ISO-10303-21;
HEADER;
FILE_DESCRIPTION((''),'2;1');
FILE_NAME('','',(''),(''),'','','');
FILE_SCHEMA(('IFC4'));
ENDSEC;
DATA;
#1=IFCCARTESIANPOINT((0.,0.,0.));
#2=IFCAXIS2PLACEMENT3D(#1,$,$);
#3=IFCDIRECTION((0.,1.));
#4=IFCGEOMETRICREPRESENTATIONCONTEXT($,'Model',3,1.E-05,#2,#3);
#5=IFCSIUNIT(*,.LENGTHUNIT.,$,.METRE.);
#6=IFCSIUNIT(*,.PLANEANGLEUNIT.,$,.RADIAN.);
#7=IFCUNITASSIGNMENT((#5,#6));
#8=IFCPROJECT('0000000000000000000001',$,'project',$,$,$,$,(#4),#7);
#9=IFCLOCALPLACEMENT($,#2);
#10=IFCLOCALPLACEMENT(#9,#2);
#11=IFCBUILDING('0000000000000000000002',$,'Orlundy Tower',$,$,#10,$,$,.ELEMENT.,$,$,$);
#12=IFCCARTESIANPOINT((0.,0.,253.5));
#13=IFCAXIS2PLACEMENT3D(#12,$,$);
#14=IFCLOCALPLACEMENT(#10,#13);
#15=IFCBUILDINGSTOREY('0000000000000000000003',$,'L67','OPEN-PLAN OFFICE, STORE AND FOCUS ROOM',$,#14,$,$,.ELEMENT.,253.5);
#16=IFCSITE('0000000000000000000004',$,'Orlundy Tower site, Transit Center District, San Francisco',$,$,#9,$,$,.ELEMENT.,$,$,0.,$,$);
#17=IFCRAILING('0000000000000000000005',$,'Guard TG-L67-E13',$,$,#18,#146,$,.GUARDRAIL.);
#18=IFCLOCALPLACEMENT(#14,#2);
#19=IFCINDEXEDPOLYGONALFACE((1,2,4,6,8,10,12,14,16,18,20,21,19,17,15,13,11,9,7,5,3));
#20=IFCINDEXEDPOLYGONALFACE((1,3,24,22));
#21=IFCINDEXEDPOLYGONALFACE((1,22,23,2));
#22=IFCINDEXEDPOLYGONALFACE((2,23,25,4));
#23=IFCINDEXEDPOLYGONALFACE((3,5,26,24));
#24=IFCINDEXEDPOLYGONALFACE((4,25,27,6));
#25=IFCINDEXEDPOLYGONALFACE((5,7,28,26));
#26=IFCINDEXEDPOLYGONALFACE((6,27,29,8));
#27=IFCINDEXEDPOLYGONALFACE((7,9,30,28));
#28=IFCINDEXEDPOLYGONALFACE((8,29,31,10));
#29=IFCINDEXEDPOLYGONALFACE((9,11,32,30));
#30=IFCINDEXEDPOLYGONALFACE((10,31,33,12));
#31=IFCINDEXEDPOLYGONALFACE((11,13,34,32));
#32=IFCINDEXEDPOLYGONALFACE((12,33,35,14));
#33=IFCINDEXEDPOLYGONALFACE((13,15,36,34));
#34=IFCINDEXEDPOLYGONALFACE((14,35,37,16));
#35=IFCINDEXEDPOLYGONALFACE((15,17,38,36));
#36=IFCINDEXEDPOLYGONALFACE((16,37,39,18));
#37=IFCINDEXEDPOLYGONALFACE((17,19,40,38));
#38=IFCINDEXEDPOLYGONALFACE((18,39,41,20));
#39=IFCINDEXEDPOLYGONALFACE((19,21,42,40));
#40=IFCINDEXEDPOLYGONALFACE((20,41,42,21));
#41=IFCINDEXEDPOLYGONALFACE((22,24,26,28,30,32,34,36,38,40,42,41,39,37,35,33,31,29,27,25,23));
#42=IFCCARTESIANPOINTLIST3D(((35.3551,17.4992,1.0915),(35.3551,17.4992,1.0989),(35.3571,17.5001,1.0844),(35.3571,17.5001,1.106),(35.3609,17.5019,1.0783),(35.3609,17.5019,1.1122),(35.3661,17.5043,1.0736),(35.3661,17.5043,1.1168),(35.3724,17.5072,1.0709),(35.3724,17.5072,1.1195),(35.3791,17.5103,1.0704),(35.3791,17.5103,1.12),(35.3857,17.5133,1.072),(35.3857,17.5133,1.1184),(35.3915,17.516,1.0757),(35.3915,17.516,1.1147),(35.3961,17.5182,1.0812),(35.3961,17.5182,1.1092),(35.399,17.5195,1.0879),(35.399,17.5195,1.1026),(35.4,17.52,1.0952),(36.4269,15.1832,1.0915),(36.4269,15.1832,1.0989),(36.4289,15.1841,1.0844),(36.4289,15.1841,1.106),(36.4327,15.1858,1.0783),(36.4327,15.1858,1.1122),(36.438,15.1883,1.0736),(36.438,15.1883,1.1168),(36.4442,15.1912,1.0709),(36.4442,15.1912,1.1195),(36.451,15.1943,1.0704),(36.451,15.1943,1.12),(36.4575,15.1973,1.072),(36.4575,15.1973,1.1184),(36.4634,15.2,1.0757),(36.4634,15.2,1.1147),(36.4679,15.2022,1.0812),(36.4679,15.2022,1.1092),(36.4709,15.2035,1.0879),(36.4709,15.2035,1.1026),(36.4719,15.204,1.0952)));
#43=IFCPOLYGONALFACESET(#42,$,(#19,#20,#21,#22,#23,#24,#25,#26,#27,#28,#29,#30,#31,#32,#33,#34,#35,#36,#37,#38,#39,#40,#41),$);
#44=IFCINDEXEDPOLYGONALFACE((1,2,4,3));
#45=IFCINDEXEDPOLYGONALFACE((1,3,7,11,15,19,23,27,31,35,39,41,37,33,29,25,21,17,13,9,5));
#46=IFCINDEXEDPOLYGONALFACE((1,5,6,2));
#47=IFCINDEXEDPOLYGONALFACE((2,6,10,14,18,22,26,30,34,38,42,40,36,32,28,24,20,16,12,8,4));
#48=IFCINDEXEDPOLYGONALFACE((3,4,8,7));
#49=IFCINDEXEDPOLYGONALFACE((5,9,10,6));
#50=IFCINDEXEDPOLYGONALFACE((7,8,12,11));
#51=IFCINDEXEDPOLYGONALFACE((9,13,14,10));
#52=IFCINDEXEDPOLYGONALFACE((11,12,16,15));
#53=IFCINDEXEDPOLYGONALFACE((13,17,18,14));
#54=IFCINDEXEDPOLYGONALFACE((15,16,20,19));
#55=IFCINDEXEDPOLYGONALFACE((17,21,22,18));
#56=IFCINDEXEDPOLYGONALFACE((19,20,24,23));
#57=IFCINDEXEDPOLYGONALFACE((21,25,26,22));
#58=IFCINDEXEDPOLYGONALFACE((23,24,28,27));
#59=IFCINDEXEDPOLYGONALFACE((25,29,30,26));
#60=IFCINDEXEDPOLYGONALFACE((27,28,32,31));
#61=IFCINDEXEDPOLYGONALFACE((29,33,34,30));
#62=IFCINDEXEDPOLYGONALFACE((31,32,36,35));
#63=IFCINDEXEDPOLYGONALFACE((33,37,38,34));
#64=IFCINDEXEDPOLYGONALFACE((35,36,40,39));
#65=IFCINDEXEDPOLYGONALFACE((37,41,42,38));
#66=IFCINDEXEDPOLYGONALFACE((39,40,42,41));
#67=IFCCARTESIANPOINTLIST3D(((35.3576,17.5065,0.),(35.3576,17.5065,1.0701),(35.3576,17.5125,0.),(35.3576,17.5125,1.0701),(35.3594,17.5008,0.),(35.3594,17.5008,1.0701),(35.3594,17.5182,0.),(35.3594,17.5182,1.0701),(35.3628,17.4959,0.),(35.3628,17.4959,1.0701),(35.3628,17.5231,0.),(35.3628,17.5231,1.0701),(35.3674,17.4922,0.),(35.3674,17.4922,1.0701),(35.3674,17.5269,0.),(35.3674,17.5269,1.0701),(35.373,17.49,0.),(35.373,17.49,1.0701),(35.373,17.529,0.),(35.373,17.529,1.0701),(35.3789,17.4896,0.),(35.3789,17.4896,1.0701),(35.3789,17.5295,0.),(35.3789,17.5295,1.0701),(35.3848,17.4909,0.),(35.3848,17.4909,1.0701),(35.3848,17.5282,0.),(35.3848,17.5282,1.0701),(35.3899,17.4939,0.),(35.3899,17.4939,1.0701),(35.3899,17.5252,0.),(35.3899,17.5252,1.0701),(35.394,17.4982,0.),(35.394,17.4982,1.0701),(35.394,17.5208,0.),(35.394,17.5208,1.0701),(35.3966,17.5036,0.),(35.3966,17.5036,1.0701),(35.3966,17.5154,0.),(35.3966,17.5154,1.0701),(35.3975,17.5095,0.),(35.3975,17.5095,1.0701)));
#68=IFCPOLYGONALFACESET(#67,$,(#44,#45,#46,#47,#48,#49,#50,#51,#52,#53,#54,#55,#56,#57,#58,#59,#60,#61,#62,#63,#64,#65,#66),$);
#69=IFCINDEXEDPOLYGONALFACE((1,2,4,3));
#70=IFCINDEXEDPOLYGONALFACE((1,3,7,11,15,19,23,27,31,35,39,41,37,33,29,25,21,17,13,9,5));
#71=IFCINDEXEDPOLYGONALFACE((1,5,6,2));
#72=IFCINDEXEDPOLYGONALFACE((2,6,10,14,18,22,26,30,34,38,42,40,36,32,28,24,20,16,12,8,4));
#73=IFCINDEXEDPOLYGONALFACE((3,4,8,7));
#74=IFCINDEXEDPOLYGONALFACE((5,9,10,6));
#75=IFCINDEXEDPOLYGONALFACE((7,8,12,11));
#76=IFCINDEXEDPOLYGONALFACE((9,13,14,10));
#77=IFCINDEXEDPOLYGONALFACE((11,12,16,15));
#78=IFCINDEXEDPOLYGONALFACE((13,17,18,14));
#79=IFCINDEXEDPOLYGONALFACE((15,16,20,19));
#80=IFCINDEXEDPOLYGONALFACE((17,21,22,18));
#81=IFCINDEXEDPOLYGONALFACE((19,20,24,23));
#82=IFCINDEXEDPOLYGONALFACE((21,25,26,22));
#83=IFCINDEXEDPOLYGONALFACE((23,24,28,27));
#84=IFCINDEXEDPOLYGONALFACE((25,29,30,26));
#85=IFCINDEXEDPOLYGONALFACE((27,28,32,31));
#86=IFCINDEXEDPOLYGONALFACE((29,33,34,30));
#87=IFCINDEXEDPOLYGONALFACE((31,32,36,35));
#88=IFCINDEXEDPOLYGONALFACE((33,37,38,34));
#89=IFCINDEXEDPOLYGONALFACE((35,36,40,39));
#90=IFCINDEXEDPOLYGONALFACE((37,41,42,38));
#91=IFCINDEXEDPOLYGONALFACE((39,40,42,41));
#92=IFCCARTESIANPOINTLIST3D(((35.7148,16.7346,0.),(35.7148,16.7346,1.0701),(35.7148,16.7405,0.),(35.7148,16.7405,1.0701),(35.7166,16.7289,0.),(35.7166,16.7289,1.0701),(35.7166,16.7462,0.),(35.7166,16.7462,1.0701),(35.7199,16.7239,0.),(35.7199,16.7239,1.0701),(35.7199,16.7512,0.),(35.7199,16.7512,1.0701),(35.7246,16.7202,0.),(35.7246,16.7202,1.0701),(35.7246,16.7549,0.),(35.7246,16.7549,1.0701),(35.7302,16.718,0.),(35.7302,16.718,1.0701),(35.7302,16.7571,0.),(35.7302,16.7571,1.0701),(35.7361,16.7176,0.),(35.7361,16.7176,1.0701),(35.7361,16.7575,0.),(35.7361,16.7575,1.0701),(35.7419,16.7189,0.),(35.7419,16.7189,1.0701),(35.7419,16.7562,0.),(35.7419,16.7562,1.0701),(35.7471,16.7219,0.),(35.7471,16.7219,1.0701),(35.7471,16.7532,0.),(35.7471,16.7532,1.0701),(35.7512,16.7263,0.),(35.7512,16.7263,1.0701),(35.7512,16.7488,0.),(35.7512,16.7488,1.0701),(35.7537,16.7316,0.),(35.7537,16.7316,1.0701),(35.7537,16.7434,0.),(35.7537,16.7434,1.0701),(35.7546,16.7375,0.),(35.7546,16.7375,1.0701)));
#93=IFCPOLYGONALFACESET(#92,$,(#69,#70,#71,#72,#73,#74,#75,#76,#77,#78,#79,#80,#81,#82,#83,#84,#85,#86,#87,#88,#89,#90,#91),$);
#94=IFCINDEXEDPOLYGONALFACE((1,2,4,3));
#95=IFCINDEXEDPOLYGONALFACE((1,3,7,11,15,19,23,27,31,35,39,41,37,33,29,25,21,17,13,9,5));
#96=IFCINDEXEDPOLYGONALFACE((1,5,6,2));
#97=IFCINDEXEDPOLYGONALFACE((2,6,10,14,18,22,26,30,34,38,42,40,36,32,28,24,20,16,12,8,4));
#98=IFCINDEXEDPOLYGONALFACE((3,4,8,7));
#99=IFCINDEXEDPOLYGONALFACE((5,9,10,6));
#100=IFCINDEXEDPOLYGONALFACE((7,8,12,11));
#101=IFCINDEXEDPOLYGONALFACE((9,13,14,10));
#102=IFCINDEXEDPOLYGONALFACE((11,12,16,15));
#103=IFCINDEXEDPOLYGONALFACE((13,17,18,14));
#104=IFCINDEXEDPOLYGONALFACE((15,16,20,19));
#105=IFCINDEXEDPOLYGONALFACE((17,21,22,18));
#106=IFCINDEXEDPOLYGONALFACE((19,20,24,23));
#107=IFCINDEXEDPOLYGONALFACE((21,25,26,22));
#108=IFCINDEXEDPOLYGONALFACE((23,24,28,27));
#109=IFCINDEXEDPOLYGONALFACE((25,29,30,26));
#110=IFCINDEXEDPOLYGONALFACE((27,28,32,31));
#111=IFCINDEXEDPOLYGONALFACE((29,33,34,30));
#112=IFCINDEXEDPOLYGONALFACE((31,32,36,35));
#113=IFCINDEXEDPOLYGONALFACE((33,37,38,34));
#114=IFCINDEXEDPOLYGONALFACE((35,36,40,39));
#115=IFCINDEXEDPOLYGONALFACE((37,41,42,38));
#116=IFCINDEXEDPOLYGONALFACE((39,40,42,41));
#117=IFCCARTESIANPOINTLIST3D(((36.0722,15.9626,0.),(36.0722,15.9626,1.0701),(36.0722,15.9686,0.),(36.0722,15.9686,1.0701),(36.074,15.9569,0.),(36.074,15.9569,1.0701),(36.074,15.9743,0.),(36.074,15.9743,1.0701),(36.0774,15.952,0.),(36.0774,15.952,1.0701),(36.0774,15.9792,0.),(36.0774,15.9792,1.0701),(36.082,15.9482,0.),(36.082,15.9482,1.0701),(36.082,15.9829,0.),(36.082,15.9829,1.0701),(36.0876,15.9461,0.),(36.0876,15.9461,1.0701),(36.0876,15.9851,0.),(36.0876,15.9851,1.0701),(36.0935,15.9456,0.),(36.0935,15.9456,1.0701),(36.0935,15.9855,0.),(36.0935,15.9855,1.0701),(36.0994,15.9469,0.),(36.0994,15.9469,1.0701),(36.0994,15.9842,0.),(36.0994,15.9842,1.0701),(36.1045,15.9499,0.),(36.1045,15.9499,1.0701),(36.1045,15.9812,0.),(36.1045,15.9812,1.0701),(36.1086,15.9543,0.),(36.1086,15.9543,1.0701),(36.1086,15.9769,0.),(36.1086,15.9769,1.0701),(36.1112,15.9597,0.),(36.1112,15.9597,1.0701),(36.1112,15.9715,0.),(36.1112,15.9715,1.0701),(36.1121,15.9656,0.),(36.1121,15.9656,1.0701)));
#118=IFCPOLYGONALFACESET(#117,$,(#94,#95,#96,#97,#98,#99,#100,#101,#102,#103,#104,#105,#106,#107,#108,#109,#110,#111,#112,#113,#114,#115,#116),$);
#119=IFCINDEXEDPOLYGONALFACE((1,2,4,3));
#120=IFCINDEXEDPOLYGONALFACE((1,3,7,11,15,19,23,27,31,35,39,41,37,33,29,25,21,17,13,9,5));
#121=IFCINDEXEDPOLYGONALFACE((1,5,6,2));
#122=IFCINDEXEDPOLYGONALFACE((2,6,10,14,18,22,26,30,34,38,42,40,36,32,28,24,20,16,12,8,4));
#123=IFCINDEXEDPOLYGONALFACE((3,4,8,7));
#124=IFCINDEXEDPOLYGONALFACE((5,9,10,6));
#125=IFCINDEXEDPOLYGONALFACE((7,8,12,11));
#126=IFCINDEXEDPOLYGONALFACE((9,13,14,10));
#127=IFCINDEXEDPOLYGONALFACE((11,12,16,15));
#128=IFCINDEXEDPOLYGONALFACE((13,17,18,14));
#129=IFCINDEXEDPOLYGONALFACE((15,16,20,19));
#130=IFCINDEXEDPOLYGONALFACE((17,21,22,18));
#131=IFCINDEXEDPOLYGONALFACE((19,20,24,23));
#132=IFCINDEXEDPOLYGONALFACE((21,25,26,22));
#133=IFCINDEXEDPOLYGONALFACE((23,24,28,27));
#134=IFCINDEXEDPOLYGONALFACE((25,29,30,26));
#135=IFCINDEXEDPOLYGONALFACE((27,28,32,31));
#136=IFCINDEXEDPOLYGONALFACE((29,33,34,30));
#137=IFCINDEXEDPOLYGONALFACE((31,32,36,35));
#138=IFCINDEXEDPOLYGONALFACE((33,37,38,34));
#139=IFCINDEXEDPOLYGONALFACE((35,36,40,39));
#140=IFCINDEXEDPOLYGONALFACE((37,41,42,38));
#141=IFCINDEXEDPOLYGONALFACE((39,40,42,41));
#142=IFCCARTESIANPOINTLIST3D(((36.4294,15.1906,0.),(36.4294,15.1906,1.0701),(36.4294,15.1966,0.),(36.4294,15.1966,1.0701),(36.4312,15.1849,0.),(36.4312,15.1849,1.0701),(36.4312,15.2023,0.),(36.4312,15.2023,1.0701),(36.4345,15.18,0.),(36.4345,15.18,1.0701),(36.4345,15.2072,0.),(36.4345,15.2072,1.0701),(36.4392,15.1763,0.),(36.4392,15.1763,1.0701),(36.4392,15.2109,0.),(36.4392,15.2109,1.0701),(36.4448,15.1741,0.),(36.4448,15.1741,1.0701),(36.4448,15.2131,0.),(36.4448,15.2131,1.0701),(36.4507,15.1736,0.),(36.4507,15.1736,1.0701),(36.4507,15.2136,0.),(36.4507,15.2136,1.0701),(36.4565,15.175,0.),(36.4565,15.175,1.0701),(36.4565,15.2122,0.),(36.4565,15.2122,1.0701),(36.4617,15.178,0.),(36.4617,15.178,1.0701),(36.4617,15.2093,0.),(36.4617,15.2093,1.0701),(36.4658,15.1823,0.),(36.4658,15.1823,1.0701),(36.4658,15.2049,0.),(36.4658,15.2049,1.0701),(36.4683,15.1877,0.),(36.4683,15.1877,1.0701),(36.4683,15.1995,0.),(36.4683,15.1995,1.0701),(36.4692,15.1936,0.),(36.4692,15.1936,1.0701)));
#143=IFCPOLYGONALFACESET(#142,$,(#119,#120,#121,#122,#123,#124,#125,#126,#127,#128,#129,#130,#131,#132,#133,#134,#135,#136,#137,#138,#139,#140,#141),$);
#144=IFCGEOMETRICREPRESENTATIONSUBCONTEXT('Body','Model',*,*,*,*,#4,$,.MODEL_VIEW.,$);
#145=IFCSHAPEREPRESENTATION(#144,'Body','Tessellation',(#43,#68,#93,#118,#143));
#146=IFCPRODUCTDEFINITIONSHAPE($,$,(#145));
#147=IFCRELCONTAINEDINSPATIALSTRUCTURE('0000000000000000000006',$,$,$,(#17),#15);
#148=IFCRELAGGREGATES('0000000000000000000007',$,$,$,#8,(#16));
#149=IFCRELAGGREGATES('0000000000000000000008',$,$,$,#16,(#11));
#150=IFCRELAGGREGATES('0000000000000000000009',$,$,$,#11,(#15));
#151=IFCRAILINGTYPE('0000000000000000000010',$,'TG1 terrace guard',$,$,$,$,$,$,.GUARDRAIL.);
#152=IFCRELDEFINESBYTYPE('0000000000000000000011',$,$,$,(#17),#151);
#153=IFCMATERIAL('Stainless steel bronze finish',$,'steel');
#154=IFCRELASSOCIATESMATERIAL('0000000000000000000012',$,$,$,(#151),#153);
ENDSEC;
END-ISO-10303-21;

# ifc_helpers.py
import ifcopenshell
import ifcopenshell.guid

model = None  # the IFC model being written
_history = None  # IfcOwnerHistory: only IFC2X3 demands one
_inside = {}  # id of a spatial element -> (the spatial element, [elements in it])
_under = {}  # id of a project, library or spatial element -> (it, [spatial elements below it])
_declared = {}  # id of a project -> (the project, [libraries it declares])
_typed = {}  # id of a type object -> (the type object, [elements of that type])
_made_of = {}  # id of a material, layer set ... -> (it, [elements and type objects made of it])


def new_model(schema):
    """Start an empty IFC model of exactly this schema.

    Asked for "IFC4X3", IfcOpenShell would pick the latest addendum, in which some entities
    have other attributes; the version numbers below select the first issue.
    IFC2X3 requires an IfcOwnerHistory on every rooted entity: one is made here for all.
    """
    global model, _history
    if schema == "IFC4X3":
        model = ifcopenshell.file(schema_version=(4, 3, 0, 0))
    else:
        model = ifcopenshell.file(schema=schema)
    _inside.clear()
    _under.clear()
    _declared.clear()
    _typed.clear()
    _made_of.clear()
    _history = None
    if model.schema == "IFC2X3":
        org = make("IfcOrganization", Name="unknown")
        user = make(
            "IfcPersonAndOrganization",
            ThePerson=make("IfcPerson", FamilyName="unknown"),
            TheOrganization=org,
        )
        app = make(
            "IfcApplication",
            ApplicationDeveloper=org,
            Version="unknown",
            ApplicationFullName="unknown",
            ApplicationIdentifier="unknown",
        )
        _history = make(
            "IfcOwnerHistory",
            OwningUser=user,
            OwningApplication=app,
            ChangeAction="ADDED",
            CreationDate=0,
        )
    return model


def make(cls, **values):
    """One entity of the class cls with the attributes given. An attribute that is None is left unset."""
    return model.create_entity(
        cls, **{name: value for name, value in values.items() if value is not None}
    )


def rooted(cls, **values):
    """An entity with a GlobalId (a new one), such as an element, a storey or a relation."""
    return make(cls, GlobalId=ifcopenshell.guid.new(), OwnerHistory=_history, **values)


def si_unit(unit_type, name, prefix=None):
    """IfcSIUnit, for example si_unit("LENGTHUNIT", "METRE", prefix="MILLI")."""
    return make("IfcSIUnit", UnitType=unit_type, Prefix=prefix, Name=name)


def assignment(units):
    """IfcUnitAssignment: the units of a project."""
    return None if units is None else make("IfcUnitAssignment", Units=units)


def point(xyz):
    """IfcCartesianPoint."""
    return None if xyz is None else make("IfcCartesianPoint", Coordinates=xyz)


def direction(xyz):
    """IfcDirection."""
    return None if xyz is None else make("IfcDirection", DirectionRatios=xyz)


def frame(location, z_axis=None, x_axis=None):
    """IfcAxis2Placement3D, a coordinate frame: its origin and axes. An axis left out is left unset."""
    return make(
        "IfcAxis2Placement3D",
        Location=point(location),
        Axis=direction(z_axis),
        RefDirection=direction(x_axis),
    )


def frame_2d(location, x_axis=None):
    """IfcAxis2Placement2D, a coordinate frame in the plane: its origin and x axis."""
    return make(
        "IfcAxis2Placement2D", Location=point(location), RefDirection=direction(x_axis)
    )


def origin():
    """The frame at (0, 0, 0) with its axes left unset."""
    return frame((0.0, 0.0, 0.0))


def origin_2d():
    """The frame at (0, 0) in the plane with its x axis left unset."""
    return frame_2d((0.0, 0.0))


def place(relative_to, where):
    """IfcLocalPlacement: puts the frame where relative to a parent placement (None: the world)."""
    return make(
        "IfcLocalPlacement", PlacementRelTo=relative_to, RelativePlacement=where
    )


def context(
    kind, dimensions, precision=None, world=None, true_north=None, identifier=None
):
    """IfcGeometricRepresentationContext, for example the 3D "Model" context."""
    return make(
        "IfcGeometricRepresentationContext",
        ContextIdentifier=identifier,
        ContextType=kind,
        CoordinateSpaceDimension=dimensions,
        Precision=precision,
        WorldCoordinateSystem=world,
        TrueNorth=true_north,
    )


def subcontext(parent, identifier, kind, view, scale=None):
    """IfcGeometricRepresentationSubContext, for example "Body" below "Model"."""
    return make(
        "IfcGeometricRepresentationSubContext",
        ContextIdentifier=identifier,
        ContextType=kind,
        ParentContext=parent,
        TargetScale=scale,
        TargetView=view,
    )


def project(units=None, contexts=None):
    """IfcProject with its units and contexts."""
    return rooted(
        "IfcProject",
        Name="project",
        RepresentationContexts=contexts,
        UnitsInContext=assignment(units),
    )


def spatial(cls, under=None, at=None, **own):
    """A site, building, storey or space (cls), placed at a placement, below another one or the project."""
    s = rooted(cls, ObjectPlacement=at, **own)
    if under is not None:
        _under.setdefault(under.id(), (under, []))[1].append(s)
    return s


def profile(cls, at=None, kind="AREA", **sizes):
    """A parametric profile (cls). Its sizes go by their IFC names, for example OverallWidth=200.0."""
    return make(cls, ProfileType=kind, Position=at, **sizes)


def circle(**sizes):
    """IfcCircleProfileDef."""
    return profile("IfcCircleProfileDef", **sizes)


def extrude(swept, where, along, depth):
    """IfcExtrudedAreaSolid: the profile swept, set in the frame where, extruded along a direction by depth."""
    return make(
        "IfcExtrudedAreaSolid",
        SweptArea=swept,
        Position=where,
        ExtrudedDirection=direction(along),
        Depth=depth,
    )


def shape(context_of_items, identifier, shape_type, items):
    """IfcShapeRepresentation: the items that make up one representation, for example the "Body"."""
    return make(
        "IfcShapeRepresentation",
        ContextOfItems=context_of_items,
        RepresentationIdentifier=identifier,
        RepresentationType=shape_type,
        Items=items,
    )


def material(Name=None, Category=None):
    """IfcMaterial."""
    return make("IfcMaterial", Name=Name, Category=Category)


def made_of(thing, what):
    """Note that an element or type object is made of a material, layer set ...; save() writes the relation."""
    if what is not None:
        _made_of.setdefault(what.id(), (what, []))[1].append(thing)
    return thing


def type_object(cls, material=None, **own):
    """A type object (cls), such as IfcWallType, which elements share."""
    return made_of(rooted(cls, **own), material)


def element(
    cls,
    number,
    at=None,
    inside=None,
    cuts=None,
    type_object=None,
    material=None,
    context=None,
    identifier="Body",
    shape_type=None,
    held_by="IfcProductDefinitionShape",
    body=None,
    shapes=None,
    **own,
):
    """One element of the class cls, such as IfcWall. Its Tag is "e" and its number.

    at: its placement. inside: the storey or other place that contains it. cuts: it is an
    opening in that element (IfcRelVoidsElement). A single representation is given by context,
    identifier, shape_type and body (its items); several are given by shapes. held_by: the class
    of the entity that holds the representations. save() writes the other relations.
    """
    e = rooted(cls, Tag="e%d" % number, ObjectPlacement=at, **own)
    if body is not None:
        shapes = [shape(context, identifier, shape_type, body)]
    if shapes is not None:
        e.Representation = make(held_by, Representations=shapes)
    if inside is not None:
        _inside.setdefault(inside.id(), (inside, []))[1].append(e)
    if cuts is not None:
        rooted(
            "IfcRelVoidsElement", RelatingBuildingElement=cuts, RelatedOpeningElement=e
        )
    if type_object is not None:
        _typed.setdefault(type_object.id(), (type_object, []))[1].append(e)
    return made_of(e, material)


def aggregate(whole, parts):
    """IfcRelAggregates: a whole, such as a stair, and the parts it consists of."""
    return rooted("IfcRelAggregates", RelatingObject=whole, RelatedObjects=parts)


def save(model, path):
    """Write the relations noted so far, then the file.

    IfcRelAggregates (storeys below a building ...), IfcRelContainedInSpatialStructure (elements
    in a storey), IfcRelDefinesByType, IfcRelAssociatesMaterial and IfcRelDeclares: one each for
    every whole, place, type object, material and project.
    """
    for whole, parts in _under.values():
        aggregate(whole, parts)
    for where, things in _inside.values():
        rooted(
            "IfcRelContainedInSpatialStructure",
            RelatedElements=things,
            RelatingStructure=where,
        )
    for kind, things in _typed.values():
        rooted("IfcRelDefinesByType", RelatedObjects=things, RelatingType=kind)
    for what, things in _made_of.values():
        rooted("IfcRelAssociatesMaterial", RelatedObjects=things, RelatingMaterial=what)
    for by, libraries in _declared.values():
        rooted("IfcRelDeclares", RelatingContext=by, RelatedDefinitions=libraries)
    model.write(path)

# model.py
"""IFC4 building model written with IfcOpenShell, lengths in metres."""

from ifc_helpers import new_model, si_unit, direction, frame, origin, origin_2d, place, context, subcontext, project, spatial, circle, extrude, material, type_object, element, save


model = new_model("IFC4")

# Units and contexts
model_context = context("Model", 3, precision=1e-05, world=origin(), true_north=direction((0.0, 1.0)))
body_context = subcontext(model_context, "Body", "Model", "MODEL_VIEW")
ifc_project = project(units=[si_unit("LENGTHUNIT", "METRE"), si_unit("PLANEANGLEUNIT", "RADIAN")], contexts=[model_context])

# Site, building, storey
site_placement = place(None, origin())
site = spatial("IfcSite", under=ifc_project, at=site_placement, Name="Orlundy Tower site, Transit Center District, San Francisco", CompositionType="ELEMENT", RefElevation=0.0)
building_placement = place(site_placement, origin())
building = spatial("IfcBuilding", under=site, at=building_placement, Name="Orlundy Tower", CompositionType="ELEMENT")
storey_placement = place(building_placement, frame((0.0, 0.0, 253.5)))
storey = spatial("IfcBuildingStorey", under=building, at=storey_placement, Name="L67", Description="OPEN-PLAN OFFICE, STORE AND FOCUS ROOM", CompositionType="ELEMENT", Elevation=253.5)

# Railing
ifc_material_1 = material(Name="Stainless steel bronze finish", Category="steel")
railing_type = type_object("IfcRailingType", Name="TG1 terrace guard", PredefinedType="GUARDRAIL", material=ifc_material_1)
railing_1_placement = place(storey_placement, frame((35.3774, 17.5095, 0.0)))
element("IfcRailing", 1, at=railing_1_placement, inside=storey, type_object=railing_type, Name="Guard TG-L67-E13", PredefinedType="GUARDRAIL", context=body_context, shape_type="SweptSolid", body=[
    extrude(circle(Radius=0.0249, at=origin_2d()), frame((0.0, 0.0, 1.0952), z_axis=(0.419992, -0.907528, 0.0), x_axis=(0.907528, 0.419992, 0.0)), (0.0, 0.0, 1.0), 2.552),
    extrude(circle(Radius=0.02, at=origin_2d()), origin(), (0.0, 0.0, 1.0), 1.0701),
    extrude(circle(Radius=0.02, at=origin_2d()), frame((0.3572, -0.772, 0.0)), (0.0, 0.0, 1.0), 1.0701),
    extrude(circle(Radius=0.02, at=origin_2d()), frame((0.7146, -1.5439, 0.0)), (0.0, 0.0, 1.0), 1.0701),
    extrude(circle(Radius=0.02, at=origin_2d()), frame((1.0718, -2.3159, 0.0)), (0.0, 0.0, 1.0), 1.0701),
])

save(model, "model.ifc")
